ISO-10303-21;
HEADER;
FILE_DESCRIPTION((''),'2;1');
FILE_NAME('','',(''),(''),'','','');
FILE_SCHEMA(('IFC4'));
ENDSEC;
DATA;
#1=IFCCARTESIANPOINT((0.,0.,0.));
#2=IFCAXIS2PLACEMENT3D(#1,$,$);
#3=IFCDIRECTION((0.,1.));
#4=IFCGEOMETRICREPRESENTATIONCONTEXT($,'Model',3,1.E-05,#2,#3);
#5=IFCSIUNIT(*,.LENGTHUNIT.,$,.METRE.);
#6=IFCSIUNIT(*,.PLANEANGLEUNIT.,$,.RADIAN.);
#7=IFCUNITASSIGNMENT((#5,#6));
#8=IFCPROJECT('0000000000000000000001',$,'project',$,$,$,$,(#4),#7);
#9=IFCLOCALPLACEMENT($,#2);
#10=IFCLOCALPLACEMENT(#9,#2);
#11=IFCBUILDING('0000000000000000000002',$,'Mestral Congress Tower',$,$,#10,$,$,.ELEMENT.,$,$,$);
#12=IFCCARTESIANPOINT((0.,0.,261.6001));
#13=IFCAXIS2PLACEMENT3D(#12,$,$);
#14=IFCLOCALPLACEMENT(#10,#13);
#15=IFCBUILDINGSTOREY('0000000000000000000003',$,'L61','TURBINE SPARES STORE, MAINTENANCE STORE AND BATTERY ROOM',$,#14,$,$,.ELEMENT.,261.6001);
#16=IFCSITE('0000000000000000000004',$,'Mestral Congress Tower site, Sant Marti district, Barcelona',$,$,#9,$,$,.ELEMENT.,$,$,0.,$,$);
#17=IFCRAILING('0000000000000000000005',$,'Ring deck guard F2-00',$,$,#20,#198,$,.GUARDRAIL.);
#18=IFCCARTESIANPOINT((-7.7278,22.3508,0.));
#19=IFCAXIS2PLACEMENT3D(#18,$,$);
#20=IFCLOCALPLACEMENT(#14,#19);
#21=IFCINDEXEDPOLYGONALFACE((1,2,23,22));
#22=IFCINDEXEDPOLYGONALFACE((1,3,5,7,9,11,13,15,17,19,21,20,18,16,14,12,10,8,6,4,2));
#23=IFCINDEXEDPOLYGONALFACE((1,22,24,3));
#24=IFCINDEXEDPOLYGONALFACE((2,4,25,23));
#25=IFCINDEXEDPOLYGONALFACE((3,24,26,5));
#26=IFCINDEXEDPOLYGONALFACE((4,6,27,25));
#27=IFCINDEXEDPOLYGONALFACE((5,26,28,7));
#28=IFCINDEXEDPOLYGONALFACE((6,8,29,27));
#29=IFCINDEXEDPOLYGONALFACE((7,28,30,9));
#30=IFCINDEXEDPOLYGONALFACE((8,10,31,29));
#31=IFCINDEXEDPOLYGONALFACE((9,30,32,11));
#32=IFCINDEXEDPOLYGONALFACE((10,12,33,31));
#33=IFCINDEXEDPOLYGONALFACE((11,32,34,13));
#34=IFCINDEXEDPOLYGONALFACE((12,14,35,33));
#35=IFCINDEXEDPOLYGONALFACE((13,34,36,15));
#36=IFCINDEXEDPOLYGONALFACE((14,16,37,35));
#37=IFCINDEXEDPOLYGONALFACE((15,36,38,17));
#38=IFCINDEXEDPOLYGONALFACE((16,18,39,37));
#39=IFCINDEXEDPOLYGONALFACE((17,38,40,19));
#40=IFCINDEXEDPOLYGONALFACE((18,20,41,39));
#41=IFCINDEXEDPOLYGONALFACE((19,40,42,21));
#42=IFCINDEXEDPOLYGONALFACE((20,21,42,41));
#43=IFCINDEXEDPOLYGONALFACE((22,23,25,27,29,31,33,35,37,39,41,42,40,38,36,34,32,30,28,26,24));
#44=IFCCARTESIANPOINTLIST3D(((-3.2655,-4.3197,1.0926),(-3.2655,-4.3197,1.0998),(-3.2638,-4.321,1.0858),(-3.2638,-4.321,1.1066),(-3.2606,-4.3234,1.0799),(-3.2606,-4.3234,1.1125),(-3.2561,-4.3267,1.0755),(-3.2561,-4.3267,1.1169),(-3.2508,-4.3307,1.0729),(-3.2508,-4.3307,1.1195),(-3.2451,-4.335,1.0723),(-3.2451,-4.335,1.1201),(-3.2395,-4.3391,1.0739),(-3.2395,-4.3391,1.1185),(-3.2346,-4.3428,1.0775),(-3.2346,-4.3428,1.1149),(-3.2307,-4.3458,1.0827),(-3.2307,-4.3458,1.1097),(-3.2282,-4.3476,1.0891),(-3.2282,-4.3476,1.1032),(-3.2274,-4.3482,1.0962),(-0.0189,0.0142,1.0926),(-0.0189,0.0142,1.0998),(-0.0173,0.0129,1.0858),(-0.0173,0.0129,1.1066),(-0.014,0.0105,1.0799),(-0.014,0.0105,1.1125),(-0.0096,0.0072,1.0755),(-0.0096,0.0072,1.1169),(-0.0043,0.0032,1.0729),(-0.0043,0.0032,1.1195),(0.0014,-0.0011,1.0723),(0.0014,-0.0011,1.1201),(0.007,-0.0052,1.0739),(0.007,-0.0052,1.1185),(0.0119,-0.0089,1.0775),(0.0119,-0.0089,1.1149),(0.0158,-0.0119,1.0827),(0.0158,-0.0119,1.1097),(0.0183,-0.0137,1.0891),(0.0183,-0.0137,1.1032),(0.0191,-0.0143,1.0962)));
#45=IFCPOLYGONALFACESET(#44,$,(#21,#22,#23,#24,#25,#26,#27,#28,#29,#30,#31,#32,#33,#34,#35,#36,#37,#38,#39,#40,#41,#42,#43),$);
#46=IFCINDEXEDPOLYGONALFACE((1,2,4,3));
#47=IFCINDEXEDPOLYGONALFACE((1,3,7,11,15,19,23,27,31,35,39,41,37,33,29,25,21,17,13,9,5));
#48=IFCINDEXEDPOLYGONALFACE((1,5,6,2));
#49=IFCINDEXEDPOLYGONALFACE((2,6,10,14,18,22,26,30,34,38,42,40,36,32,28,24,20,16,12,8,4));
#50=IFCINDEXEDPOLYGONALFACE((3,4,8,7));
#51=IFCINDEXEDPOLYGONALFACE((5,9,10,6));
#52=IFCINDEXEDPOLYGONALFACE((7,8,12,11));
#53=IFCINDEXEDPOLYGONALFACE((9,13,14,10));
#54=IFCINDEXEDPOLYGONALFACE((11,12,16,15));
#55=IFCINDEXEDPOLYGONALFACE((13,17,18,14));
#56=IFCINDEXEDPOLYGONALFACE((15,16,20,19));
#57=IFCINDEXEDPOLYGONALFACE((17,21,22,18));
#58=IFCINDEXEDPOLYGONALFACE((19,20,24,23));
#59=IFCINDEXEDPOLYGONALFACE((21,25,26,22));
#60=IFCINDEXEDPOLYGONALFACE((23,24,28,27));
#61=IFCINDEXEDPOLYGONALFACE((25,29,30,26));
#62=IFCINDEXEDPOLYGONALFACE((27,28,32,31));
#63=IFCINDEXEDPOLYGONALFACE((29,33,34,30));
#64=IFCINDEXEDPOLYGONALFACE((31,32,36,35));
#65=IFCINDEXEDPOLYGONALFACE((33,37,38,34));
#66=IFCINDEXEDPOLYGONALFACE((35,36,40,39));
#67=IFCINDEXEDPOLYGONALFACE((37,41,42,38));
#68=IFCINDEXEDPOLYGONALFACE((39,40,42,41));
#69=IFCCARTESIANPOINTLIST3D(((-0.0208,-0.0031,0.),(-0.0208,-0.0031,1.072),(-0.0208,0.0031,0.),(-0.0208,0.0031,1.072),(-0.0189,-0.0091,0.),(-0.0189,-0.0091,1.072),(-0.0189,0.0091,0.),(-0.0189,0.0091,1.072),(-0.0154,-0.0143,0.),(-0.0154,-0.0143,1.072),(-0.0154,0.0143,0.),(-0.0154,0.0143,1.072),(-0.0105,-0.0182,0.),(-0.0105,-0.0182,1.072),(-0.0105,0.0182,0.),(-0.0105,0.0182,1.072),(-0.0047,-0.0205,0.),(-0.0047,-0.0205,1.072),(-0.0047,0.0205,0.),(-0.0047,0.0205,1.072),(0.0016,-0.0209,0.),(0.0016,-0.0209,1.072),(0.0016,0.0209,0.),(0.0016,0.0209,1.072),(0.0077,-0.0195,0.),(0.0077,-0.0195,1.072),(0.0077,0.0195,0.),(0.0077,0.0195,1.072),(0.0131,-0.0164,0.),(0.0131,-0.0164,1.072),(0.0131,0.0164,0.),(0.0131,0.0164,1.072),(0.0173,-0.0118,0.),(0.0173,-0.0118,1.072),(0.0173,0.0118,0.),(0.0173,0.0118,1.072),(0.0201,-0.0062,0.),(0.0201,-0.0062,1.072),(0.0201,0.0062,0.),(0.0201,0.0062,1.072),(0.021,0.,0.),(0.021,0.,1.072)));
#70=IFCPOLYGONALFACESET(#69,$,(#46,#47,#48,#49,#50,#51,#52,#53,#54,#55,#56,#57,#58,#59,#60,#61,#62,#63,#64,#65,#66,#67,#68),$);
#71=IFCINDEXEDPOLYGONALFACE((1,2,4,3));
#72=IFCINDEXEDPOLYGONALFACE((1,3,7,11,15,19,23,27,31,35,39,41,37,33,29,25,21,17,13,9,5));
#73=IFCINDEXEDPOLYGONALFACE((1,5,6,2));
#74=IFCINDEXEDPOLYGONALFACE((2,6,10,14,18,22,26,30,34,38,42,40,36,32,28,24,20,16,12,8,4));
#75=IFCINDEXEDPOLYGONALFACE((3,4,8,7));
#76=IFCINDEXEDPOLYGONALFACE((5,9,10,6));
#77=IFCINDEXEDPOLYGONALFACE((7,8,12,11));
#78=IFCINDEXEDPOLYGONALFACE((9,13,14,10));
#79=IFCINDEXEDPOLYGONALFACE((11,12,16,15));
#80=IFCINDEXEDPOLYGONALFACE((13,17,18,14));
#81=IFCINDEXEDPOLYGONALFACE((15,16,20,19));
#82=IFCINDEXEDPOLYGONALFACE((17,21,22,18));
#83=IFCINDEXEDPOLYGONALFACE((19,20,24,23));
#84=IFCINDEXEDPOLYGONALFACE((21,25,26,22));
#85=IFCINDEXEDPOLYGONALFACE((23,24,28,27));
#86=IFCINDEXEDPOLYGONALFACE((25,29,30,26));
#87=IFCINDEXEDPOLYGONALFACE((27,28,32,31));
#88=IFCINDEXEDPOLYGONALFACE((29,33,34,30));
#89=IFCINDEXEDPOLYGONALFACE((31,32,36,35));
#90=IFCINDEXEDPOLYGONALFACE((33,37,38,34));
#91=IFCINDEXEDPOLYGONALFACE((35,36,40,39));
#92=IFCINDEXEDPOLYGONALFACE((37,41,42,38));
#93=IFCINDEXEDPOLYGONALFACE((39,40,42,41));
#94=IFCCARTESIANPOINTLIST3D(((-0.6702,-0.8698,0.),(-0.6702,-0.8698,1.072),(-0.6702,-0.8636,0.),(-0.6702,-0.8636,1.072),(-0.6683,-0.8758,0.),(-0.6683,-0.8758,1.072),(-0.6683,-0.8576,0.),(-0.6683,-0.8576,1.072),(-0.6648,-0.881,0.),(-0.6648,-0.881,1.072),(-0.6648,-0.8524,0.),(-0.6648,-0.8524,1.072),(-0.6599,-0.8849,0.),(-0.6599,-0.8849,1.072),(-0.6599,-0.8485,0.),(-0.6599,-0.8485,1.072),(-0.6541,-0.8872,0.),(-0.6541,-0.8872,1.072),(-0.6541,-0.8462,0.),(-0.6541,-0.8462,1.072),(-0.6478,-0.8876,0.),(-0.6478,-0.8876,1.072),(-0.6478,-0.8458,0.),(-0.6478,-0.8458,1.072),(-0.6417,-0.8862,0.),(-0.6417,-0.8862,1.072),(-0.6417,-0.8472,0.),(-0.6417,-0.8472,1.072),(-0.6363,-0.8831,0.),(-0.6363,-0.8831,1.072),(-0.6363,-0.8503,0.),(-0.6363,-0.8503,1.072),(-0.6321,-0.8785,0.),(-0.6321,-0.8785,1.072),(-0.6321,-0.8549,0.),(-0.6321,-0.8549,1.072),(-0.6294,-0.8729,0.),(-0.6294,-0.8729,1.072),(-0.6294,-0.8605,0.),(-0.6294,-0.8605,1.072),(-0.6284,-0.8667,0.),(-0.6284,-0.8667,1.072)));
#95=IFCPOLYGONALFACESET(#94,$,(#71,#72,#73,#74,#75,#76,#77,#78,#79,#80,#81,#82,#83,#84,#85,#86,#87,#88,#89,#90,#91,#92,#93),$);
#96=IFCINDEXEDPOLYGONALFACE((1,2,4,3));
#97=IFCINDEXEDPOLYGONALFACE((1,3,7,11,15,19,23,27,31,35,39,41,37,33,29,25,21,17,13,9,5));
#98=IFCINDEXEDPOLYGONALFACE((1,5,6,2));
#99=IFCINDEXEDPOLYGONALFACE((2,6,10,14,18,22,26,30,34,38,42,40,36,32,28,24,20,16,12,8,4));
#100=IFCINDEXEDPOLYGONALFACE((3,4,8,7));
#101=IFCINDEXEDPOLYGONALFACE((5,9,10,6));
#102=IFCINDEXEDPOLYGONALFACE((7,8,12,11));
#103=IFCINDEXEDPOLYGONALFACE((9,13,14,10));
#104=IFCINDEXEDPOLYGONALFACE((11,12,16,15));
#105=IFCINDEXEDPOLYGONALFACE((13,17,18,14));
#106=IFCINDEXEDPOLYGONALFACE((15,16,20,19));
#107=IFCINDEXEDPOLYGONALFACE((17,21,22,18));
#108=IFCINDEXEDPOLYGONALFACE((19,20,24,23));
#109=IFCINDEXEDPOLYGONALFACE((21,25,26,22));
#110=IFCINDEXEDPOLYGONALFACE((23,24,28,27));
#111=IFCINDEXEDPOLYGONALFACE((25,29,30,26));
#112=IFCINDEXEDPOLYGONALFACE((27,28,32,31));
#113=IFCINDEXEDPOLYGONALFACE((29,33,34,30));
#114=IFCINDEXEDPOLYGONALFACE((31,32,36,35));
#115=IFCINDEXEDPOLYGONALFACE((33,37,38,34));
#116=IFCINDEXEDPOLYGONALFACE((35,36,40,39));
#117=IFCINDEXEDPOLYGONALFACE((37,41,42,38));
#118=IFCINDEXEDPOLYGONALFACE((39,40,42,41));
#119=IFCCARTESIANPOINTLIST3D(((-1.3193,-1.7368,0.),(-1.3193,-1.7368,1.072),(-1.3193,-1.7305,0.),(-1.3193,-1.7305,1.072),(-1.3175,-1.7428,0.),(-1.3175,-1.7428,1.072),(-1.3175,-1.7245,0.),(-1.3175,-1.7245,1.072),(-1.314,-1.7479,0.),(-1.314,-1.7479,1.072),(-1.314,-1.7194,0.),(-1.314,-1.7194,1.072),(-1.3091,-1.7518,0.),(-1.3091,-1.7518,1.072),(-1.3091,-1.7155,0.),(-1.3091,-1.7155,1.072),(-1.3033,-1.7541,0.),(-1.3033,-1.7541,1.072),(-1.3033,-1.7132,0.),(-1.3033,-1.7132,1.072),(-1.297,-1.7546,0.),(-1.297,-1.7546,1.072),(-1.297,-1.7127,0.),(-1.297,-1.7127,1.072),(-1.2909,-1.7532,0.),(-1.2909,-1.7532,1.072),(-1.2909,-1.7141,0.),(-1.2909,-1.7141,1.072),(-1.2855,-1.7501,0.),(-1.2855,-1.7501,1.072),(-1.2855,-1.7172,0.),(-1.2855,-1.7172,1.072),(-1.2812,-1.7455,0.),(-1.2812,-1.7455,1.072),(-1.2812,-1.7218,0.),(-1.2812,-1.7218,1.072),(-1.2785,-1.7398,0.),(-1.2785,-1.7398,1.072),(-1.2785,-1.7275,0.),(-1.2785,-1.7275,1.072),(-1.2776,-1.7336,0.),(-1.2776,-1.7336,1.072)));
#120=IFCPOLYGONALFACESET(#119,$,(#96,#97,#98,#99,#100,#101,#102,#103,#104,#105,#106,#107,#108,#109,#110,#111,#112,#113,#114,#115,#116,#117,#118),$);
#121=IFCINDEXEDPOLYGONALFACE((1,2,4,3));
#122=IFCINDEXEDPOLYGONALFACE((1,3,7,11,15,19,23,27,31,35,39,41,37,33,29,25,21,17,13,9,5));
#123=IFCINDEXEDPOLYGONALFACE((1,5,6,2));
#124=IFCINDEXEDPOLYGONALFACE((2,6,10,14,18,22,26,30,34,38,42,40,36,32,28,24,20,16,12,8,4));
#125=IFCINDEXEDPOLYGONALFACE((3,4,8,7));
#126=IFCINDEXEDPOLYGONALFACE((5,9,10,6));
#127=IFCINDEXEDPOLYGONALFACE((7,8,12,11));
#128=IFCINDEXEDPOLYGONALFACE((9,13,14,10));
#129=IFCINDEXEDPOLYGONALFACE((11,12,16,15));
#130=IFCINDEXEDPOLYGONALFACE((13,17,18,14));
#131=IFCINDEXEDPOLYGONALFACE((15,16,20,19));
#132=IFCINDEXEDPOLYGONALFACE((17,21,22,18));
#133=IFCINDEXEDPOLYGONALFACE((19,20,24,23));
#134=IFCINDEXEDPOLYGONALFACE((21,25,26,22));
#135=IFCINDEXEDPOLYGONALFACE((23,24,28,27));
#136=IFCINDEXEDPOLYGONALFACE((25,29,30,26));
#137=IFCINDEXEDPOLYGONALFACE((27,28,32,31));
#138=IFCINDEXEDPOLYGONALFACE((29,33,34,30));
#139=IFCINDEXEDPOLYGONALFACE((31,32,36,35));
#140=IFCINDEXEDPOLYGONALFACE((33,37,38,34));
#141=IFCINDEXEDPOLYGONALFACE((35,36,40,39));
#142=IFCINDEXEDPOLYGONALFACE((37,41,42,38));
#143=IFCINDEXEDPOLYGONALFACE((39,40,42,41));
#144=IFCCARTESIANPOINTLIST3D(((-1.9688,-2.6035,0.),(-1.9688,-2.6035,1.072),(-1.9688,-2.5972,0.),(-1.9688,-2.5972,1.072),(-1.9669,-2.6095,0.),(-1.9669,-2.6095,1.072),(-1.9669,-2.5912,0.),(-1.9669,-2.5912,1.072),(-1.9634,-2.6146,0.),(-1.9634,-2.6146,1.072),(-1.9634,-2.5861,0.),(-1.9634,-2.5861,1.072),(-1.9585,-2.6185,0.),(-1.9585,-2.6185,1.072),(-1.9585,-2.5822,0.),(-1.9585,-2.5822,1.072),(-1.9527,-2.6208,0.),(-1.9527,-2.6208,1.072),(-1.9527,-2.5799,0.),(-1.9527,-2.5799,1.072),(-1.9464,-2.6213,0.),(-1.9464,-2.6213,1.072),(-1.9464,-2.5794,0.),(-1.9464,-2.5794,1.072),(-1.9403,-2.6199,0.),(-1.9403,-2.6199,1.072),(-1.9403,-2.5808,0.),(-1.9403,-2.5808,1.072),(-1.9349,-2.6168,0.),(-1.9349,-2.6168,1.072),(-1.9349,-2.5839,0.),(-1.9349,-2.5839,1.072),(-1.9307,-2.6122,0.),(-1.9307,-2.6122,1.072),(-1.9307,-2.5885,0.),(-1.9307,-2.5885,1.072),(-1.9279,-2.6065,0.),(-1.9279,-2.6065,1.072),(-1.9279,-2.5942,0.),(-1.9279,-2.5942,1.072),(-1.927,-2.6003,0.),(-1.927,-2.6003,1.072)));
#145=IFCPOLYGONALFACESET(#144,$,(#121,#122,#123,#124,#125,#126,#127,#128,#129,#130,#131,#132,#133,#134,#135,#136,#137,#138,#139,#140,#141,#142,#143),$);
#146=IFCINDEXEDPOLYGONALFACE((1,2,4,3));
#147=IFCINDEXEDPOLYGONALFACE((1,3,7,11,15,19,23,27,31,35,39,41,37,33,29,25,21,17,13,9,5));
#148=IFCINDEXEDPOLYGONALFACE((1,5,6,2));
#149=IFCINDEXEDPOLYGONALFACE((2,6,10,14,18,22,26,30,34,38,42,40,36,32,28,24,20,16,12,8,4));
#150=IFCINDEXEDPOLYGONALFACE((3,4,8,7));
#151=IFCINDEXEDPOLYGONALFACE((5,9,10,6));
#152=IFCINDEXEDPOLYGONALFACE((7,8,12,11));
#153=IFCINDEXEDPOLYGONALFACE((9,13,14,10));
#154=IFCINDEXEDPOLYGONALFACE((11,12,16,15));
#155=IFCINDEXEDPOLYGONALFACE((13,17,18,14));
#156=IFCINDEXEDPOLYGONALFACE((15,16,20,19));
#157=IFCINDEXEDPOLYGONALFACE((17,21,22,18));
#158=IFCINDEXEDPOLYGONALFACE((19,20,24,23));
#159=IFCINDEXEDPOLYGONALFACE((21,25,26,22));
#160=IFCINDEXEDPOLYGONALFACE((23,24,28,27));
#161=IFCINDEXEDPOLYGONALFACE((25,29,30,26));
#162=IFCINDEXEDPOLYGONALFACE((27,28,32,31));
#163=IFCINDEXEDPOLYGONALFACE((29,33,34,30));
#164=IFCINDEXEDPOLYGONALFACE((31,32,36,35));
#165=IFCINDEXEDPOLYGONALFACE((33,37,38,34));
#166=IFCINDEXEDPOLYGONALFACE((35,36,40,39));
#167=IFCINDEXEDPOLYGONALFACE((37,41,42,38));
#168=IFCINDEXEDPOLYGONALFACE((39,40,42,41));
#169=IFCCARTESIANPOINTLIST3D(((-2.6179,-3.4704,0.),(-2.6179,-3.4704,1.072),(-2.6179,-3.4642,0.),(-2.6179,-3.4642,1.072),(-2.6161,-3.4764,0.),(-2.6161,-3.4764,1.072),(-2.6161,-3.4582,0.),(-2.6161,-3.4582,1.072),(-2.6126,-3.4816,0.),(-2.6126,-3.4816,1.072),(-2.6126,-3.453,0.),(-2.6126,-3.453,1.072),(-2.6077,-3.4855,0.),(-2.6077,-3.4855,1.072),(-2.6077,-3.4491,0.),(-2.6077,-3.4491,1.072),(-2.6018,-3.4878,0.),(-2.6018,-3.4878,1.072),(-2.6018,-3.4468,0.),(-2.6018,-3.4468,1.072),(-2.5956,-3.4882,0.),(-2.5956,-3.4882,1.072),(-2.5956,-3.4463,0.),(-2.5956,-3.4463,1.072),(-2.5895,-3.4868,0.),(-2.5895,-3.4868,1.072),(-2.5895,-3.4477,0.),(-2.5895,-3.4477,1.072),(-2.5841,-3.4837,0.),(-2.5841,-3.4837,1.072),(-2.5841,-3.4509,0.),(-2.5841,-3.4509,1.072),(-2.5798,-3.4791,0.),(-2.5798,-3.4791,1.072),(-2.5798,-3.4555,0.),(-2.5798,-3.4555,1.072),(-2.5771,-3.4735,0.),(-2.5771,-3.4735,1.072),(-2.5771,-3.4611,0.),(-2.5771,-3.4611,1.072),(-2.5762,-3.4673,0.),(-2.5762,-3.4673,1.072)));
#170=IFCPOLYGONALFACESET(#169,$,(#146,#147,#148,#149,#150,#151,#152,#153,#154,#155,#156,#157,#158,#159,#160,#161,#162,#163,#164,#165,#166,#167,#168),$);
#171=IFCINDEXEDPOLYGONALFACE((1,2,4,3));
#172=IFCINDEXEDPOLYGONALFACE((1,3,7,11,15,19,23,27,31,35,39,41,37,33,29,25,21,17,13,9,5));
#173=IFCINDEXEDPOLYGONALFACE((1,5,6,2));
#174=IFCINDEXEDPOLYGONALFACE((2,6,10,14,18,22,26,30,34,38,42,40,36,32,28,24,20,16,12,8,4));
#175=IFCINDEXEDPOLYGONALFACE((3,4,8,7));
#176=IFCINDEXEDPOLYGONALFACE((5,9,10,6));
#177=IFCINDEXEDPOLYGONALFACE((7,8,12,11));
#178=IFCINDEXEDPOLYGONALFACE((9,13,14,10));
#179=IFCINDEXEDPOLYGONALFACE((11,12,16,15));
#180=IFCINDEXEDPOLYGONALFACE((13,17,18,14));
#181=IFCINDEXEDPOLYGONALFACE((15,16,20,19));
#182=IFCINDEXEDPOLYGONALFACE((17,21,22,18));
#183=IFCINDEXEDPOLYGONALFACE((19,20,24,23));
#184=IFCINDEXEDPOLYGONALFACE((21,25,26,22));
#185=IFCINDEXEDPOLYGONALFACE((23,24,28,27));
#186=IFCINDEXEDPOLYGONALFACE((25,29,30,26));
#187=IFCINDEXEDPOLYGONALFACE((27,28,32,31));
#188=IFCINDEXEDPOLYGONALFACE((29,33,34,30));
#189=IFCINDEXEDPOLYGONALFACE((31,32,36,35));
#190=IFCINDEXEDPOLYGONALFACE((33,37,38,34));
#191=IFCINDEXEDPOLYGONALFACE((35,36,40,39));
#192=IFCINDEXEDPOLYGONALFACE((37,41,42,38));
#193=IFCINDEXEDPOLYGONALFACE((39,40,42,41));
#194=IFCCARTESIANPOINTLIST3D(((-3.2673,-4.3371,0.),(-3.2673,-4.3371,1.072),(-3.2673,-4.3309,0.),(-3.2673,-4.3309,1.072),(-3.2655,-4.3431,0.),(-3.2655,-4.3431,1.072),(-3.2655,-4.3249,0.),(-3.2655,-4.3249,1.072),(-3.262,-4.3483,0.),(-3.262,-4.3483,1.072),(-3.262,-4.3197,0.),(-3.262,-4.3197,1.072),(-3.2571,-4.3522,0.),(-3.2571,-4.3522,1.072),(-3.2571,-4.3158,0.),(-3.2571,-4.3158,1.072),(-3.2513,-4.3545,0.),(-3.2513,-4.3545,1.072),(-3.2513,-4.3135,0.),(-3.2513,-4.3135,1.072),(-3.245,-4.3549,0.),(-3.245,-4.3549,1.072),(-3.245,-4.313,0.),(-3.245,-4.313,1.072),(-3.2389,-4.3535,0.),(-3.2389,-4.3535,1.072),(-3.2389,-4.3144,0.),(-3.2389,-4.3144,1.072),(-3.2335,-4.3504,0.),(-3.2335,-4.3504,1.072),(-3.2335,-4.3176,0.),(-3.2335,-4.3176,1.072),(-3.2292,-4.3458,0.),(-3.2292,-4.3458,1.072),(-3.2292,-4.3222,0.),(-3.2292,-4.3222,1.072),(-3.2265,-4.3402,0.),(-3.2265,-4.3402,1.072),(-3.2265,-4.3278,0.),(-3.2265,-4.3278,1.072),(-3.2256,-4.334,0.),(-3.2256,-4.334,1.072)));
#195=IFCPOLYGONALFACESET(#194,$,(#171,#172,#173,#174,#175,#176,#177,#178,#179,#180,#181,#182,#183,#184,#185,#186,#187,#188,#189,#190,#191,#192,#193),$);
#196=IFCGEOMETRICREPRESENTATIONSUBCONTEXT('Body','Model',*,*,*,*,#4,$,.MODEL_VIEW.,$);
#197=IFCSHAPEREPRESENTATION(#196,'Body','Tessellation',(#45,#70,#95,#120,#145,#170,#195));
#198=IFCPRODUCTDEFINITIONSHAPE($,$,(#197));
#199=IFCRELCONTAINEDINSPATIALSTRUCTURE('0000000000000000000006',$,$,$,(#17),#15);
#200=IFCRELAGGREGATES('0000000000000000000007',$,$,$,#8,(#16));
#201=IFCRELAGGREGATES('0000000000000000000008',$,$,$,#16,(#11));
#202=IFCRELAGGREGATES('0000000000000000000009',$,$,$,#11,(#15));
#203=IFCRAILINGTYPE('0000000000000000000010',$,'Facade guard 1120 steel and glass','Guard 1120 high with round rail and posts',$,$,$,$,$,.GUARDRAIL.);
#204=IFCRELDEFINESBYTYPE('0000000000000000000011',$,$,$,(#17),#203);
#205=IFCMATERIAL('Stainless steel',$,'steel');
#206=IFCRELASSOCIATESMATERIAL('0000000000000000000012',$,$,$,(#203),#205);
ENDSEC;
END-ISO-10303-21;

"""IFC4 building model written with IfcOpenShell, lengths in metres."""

from ifc_helpers import new_model, si_unit, direction, frame, origin, origin_2d, place, context, subcontext, project, spatial, circle, extrude, material, type_object, element, save


model = new_model("IFC4")

# Units and contexts
model_context = context("Model", 3, precision=1e-05, world=origin(), true_north=direction((0.0, 1.0)))
body_context = subcontext(model_context, "Body", "Model", "MODEL_VIEW")
ifc_project = project(units=[si_unit("LENGTHUNIT", "METRE"), si_unit("PLANEANGLEUNIT", "RADIAN")], contexts=[model_context])

# Site, building, storey
site_placement = place(None, origin())
site = spatial("IfcSite", under=ifc_project, at=site_placement, Name="Mestral Congress Tower site, Sant Marti district, Barcelona", CompositionType="ELEMENT", RefElevation=0.0)
building_placement = place(site_placement, origin())
building = spatial("IfcBuilding", under=site, at=building_placement, Name="Mestral Congress Tower", CompositionType="ELEMENT")
storey_placement = place(building_placement, frame((0.0, 0.0, 261.6001)))
storey = spatial("IfcBuildingStorey", under=building, at=storey_placement, Name="L61", Description="TURBINE SPARES STORE, MAINTENANCE STORE AND BATTERY ROOM", CompositionType="ELEMENT", Elevation=261.6001)

# Railing
ifc_material_1 = material(Name="Stainless steel", Category="steel")
railing_type = type_object("IfcRailingType", Name="Facade guard 1120 steel and glass", Description="Guard 1120 high with round rail and posts", PredefinedType="GUARDRAIL", material=ifc_material_1)
railing_1_placement = place(storey_placement, frame((-7.7278, 22.3508, 0.0)))
element("IfcRailing", 1, at=railing_1_placement, inside=storey, type_object=railing_type, Name="Ring deck guard F2-00", PredefinedType="GUARDRAIL", context=body_context, shape_type="SweptSolid", body=[
    extrude(circle(Radius=0.0239, at=origin_2d()), frame((0.0, 0.0, 1.0962), z_axis=(-0.599538, -0.800346, 0.0), x_axis=(0.800346, -0.599538, 0.0)), (0.0, 0.0, 1.0), 5.415),
    extrude(circle(Radius=0.021, at=origin_2d()), origin(), (0.0, 0.0, 1.0), 1.072),
    extrude(circle(Radius=0.021, at=origin_2d()), frame((-0.6494, -0.8667, 0.0)), (0.0, 0.0, 1.0), 1.072),
    extrude(circle(Radius=0.021, at=origin_2d()), frame((-1.2986, -1.7336, 0.0)), (0.0, 0.0, 1.0), 1.072),
    extrude(circle(Radius=0.021, at=origin_2d()), frame((-1.948, -2.6003, 0.0)), (0.0, 0.0, 1.0), 1.072),
    extrude(circle(Radius=0.021, at=origin_2d()), frame((-2.5972, -3.4673, 0.0)), (0.0, 0.0, 1.0), 1.072),
    extrude(circle(Radius=0.021, at=origin_2d()), frame((-3.2466, -4.334, 0.0)), (0.0, 0.0, 1.0), 1.072),
])

save(model, "model.ifc")
